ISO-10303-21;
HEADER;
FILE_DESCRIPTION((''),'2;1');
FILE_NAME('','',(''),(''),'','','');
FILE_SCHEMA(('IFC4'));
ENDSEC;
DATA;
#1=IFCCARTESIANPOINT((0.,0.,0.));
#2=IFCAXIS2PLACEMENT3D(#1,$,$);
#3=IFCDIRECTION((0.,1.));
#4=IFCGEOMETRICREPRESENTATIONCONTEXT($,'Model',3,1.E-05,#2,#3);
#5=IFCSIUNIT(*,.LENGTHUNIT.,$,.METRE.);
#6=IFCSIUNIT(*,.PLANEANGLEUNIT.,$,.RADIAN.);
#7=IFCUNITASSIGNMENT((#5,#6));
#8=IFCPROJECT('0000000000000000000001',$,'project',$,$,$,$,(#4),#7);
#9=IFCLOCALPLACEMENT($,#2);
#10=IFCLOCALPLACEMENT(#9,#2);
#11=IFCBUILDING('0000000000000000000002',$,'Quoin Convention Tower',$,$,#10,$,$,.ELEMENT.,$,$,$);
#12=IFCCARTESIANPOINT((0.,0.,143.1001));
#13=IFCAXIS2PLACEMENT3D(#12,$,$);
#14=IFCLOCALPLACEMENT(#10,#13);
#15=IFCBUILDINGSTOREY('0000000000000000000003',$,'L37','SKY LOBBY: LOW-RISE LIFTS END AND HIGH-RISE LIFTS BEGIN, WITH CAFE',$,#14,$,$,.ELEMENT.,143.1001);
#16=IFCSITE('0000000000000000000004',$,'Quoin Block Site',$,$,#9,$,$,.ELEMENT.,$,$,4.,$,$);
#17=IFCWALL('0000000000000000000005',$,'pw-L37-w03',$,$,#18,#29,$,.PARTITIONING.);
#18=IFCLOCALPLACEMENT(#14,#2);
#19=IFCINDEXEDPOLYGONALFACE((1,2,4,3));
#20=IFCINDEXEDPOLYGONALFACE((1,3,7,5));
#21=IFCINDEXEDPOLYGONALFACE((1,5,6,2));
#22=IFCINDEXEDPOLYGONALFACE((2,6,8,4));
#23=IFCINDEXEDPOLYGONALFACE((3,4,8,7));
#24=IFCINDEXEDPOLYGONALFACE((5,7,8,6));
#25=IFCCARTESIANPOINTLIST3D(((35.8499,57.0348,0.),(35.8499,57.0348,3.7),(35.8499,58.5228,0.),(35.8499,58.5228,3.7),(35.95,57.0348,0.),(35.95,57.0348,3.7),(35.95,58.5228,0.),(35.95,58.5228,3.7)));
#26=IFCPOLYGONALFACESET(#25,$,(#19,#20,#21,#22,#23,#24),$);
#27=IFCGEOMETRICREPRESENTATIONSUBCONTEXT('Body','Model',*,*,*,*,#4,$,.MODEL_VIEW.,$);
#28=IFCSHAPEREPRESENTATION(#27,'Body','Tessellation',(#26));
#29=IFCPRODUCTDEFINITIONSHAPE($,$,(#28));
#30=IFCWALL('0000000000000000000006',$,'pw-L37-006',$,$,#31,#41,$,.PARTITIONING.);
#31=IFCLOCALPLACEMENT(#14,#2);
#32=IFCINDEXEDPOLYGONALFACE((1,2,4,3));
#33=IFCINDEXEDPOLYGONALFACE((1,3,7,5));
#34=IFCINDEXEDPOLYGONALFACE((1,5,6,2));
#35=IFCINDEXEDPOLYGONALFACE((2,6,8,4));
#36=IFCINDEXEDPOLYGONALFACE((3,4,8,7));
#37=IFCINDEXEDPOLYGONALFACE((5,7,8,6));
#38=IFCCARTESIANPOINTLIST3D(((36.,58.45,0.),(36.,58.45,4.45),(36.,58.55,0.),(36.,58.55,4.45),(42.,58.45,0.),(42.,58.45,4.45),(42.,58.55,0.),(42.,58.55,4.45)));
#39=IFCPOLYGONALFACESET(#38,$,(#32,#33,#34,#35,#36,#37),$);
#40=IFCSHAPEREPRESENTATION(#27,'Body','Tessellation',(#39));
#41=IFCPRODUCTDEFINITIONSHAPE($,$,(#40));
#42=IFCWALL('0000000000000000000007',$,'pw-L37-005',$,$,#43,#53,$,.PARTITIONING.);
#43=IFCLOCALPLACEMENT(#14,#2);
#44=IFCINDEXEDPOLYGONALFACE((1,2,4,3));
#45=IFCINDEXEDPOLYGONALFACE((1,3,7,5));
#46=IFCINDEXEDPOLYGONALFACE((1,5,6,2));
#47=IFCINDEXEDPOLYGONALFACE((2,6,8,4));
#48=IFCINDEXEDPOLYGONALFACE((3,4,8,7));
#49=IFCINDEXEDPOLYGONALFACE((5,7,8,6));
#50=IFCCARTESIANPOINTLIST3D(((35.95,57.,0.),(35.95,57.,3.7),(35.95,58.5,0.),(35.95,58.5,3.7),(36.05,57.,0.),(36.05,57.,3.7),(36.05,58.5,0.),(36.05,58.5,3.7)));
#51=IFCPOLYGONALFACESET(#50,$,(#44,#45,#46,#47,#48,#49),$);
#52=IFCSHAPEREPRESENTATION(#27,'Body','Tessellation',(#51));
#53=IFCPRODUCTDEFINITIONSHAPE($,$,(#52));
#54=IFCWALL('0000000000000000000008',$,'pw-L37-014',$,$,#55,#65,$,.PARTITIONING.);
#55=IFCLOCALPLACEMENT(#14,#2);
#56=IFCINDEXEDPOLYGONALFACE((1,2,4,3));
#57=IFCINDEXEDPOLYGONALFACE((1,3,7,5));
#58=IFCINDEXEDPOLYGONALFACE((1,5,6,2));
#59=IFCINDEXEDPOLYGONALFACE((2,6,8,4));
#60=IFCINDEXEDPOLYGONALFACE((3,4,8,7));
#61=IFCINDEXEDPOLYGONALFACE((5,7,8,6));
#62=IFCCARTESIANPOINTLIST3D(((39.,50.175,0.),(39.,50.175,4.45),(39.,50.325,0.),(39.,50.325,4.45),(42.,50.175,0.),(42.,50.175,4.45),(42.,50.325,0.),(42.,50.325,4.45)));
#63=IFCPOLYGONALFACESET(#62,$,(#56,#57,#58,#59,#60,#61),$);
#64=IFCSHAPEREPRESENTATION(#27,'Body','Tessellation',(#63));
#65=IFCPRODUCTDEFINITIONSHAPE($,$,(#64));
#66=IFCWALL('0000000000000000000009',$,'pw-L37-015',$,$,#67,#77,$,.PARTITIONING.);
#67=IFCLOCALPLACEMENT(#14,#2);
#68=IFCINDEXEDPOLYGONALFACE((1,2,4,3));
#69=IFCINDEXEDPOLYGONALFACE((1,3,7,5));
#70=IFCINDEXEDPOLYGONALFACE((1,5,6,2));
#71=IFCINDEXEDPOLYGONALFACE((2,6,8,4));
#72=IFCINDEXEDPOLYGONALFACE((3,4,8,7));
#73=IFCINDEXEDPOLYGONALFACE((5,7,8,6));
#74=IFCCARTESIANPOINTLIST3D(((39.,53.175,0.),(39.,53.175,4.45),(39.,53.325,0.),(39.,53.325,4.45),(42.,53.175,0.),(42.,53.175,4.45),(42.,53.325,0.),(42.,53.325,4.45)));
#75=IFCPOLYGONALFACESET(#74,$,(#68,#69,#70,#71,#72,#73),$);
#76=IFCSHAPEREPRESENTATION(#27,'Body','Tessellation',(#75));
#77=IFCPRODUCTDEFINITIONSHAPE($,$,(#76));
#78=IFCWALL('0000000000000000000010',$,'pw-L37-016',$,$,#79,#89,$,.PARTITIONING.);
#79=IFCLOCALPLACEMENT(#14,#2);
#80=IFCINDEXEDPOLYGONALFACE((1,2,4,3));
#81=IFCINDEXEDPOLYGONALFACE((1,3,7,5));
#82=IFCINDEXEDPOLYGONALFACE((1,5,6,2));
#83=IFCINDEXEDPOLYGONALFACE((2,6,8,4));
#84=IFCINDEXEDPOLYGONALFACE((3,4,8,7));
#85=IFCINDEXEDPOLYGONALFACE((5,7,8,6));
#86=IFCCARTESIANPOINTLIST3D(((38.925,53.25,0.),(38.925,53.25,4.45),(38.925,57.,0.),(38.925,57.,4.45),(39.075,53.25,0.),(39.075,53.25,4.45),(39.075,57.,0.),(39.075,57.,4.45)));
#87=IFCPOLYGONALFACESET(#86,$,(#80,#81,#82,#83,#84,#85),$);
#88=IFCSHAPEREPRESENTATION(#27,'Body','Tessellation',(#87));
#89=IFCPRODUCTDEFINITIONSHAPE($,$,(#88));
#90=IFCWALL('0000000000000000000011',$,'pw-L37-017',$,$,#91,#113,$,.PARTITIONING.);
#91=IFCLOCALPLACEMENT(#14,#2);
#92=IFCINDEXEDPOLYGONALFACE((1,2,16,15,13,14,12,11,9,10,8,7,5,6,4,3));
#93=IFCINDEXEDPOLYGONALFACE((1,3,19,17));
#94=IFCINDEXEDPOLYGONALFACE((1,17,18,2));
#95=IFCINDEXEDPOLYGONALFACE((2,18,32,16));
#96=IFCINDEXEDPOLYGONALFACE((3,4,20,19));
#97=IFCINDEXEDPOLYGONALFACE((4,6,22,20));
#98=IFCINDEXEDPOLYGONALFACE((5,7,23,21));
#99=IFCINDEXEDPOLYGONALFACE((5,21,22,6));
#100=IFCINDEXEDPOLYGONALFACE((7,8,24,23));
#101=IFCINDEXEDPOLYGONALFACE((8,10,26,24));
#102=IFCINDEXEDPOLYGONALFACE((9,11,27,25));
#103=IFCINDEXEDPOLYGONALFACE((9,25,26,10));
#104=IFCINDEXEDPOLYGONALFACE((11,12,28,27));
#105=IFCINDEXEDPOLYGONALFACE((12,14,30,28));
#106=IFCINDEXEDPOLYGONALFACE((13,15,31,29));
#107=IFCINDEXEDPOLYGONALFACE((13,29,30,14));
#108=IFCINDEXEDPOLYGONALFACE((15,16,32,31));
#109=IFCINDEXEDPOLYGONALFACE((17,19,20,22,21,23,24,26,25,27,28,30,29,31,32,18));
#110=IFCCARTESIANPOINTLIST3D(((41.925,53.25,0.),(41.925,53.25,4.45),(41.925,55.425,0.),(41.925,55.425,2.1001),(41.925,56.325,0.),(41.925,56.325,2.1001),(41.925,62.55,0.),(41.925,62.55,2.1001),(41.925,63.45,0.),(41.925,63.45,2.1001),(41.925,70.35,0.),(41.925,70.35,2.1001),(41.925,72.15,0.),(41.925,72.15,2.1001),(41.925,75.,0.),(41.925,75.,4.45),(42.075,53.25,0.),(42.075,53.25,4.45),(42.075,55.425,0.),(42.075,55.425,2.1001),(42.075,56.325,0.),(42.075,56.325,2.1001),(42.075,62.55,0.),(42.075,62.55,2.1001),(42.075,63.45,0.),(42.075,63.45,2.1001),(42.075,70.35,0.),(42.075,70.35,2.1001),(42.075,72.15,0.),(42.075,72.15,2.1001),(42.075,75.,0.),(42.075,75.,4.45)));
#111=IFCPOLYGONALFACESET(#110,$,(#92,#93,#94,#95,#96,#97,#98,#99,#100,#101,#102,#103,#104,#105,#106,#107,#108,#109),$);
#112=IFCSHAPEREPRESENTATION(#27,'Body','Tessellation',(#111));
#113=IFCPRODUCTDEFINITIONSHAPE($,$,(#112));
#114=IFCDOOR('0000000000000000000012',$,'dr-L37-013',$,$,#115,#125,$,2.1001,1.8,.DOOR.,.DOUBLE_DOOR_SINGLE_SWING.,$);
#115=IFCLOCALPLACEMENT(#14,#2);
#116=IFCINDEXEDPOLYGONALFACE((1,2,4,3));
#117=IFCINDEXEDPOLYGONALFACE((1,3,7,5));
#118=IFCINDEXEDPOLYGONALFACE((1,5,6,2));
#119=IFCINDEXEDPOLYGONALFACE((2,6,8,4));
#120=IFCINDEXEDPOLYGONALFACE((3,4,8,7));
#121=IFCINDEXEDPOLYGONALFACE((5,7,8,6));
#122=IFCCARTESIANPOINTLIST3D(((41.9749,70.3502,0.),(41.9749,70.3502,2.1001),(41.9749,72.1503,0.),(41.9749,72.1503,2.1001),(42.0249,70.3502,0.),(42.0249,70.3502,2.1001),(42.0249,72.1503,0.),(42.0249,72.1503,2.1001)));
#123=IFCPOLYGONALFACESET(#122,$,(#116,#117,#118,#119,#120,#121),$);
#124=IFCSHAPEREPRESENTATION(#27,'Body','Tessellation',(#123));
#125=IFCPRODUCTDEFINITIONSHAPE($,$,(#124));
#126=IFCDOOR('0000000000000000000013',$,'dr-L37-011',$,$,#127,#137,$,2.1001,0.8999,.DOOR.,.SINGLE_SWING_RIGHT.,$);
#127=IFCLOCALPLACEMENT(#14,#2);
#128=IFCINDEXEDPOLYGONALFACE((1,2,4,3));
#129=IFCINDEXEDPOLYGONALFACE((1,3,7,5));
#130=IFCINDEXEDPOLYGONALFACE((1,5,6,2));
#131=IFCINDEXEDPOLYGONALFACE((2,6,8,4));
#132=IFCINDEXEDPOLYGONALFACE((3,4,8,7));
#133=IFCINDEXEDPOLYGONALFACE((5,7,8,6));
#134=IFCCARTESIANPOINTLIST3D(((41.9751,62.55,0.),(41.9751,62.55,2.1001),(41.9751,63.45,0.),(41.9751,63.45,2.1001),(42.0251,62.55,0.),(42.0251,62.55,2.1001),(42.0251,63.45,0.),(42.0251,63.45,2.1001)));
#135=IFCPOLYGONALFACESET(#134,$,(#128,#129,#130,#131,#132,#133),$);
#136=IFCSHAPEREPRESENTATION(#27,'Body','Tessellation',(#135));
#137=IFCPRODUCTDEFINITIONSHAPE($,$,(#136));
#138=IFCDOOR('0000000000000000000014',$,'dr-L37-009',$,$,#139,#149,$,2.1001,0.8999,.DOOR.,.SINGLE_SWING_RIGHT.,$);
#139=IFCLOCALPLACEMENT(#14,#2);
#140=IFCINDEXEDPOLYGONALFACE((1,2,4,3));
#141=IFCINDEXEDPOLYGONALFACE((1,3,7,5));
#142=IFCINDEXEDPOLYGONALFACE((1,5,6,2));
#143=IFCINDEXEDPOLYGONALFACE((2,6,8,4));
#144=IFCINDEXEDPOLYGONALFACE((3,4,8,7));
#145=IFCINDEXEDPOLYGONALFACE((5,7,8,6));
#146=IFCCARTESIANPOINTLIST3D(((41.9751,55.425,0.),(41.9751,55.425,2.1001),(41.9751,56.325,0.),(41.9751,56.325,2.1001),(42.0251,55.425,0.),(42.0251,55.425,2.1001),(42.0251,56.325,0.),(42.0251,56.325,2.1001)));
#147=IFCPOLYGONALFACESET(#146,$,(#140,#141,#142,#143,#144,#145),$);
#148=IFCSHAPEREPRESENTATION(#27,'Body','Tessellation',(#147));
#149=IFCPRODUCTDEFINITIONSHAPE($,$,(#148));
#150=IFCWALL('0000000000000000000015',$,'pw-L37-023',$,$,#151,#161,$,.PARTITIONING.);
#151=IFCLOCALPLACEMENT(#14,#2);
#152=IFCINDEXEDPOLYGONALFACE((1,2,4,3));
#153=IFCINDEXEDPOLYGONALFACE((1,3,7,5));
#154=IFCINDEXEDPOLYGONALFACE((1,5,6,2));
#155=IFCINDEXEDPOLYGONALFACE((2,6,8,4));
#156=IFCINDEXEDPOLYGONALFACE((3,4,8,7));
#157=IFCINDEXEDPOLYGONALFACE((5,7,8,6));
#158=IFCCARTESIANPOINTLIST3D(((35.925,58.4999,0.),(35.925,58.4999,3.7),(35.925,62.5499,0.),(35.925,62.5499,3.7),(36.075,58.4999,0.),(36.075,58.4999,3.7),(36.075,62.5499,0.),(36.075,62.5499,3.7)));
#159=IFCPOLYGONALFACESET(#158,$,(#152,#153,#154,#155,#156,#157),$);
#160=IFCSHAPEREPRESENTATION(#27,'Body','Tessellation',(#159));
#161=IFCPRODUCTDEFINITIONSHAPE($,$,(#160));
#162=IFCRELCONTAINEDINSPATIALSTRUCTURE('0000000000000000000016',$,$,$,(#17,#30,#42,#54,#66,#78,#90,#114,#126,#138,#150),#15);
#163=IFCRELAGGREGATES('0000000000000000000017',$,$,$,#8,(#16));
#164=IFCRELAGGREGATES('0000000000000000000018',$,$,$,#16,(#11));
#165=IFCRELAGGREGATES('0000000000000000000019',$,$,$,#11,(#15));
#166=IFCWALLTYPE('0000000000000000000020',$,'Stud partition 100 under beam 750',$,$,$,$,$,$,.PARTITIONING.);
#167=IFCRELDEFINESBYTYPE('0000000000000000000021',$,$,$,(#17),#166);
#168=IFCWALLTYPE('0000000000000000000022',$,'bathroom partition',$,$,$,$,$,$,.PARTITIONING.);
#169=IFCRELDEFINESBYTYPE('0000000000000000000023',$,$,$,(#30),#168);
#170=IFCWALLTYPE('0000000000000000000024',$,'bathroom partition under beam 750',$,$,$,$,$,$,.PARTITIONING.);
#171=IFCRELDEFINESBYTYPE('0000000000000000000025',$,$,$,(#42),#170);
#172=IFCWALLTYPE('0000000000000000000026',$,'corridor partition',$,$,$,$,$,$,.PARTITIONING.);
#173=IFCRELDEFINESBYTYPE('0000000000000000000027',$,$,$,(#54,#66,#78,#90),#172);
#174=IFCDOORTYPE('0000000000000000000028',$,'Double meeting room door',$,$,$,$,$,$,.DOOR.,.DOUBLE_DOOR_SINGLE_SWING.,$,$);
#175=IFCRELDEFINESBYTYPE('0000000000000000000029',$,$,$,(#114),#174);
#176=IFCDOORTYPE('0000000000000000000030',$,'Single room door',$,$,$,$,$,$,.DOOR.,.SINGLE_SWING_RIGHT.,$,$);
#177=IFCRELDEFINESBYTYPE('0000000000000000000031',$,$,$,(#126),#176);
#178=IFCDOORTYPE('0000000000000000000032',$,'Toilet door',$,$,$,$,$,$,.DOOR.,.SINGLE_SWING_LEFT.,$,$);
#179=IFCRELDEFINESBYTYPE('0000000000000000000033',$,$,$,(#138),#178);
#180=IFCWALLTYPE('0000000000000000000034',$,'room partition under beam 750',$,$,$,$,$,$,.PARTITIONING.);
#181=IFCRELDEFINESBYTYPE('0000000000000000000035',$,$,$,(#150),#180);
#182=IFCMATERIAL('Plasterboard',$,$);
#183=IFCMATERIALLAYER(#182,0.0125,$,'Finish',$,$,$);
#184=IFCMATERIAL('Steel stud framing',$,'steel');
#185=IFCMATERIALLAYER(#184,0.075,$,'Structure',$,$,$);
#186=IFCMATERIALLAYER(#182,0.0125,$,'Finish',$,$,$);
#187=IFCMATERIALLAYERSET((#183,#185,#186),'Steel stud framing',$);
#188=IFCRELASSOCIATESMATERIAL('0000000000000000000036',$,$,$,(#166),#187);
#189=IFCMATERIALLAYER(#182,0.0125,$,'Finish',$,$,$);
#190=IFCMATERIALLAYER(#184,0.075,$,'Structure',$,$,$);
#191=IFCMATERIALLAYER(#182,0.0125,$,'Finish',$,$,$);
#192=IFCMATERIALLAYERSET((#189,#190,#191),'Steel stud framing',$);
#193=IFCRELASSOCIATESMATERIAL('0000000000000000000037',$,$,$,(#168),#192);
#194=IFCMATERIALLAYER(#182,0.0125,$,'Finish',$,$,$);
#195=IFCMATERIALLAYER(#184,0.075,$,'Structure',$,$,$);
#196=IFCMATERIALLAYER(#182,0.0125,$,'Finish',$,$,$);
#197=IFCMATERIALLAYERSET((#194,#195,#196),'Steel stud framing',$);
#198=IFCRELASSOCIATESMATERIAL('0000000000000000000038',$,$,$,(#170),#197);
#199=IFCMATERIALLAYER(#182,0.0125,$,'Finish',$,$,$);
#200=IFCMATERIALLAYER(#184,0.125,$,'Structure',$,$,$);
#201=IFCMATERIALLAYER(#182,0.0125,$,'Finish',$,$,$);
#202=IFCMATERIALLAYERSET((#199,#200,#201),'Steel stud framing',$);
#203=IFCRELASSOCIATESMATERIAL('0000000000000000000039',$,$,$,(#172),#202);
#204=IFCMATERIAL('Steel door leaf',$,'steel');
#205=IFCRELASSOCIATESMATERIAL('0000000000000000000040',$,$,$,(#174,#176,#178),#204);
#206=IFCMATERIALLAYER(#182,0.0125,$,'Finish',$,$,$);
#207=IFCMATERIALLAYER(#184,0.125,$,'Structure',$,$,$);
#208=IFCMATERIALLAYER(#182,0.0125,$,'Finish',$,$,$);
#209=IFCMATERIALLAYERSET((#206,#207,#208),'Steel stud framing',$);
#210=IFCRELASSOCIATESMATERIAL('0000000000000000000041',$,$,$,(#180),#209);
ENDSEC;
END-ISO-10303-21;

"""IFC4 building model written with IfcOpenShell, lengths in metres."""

from ifc_helpers import new_model, si_unit, direction, frame, frame_2d, origin, place, context, subcontext, project, spatial, rectangle, extrude, material, layer, layer_set, type_object, element, fill, save


model = new_model("IFC4")

# Units and contexts
model_context = context("Model", 3, precision=1e-05, world=origin(), true_north=direction((0.0, 1.0)))
body_context = subcontext(model_context, "Body", "Model", "MODEL_VIEW")
ifc_project = project(units=[si_unit("LENGTHUNIT", "METRE"), si_unit("PLANEANGLEUNIT", "RADIAN")], contexts=[model_context])

# Site, building, storey
site_placement = place(None, origin())
site = spatial("IfcSite", under=ifc_project, at=site_placement, Name="Quoin Block Site", CompositionType="ELEMENT", RefElevation=4.0)
building_placement = place(site_placement, origin())
building = spatial("IfcBuilding", under=site, at=building_placement, Name="Quoin Convention Tower", CompositionType="ELEMENT")
storey_placement = place(building_placement, frame((0.0, 0.0, 143.1001)))
storey = spatial("IfcBuildingStorey", under=building, at=storey_placement, Name="L37", Description="SKY LOBBY: LOW-RISE LIFTS END AND HIGH-RISE LIFTS BEGIN, WITH CAFE", CompositionType="ELEMENT", Elevation=143.1001)

# Shared definitions
ifc_material_1 = material(Name="Plasterboard")
ifc_material_2 = material(Name="Steel stud framing", Category="steel")
ifc_material_3 = material(Name="Steel door leaf", Category="steel")

# Walls
ifc_layer_1 = layer(ifc_material_1, 0.0125, Name="Finish")
ifc_layer_2 = layer(ifc_material_2, 0.075, Name="Structure")
ifc_layer_3 = layer(ifc_material_1, 0.0125, Name="Finish")
ifc_layer_set_1 = layer_set([ifc_layer_1, ifc_layer_2, ifc_layer_3], Name="Steel stud framing")
wall_type_1 = type_object("IfcWallType", Name="Stud partition 100 under beam 750", PredefinedType="PARTITIONING", material=ifc_layer_set_1)
wall_1_placement = place(storey_placement, frame((35.8999, 58.5229, 0.0), z_axis=(0.0, 0.0, 1.0), x_axis=(0.0, -1.0, 0.0)))
element("IfcWall", 1, at=wall_1_placement, inside=storey, type_object=wall_type_1, Name="pw-L37-w03", PredefinedType="PARTITIONING", context=body_context, shape_type="SweptSolid", body=[
    extrude(rectangle(XDim=1.488, YDim=0.1001, at=frame_2d((0.7441, 0.0))), origin(), (0.0, 0.0, 1.0), 3.7),
])
ifc_layer_4 = layer(ifc_material_1, 0.0125, Name="Finish")
ifc_layer_5 = layer(ifc_material_2, 0.075, Name="Structure")
ifc_layer_6 = layer(ifc_material_1, 0.0125, Name="Finish")
ifc_layer_set_2 = layer_set([ifc_layer_4, ifc_layer_5, ifc_layer_6], Name="Steel stud framing")
wall_type_2 = type_object("IfcWallType", Name="bathroom partition", PredefinedType="PARTITIONING", material=ifc_layer_set_2)
wall_2_placement = place(storey_placement, frame((36.0, 58.5, 0.0), z_axis=(0.0, 0.0, 1.0), x_axis=(1.0, 0.0, 0.0)))
element("IfcWall", 2, at=wall_2_placement, inside=storey, type_object=wall_type_2, Name="pw-L37-006", PredefinedType="PARTITIONING", context=body_context, shape_type="SweptSolid", body=[
    extrude(rectangle(XDim=6.0, YDim=0.1001, at=frame_2d((3.0, 0.0))), origin(), (0.0, 0.0, 1.0), 4.45),
])
ifc_layer_7 = layer(ifc_material_1, 0.0125, Name="Finish")
ifc_layer_8 = layer(ifc_material_2, 0.075, Name="Structure")
ifc_layer_9 = layer(ifc_material_1, 0.0125, Name="Finish")
ifc_layer_set_3 = layer_set([ifc_layer_7, ifc_layer_8, ifc_layer_9], Name="Steel stud framing")
wall_type_3 = type_object("IfcWallType", Name="bathroom partition under beam 750", PredefinedType="PARTITIONING", material=ifc_layer_set_3)
wall_3_placement = place(storey_placement, frame((36.0, 57.0, 0.0), z_axis=(0.0, 0.0, 1.0), x_axis=(0.0, 1.0, 0.0)))
element("IfcWall", 3, at=wall_3_placement, inside=storey, type_object=wall_type_3, Name="pw-L37-005", PredefinedType="PARTITIONING", context=body_context, shape_type="SweptSolid", body=[
    extrude(rectangle(XDim=1.5, YDim=0.1001, at=frame_2d((0.75, 0.0))), origin(), (0.0, 0.0, 1.0), 3.7),
])
ifc_layer_10 = layer(ifc_material_1, 0.0125, Name="Finish")
ifc_layer_11 = layer(ifc_material_2, 0.125, Name="Structure")
ifc_layer_12 = layer(ifc_material_1, 0.0125, Name="Finish")
ifc_layer_set_4 = layer_set([ifc_layer_10, ifc_layer_11, ifc_layer_12], Name="Steel stud framing")
wall_type_4 = type_object("IfcWallType", Name="corridor partition", PredefinedType="PARTITIONING", material=ifc_layer_set_4)
for number, where, z_axis, x_axis, name in (
    (4, (39.0, 50.25, 0.0), (0.0, 0.0, 1.0), (1.0, 0.0, 0.0), "pw-L37-014"),
    (5, (39.0, 53.25, 0.0), (0.0, 0.0, 1.0), (1.0, 0.0, 0.0), "pw-L37-015"),
):
    element("IfcWall", number, at=place(storey_placement, frame(where, z_axis=z_axis, x_axis=x_axis)), inside=storey, type_object=wall_type_4, Name=name, PredefinedType="PARTITIONING", context=body_context, shape_type="SweptSolid", body=[
        extrude(rectangle(XDim=3.0, YDim=0.1499, at=frame_2d((1.5, 0.0))), origin(), (0.0, 0.0, 1.0), 4.45),
    ])
wall_4_placement = place(storey_placement, frame((39.0, 53.25, 0.0), z_axis=(0.0, 0.0, 1.0), x_axis=(0.0, 1.0, 0.0)))
element("IfcWall", 6, at=wall_4_placement, inside=storey, type_object=wall_type_4, Name="pw-L37-016", PredefinedType="PARTITIONING", context=body_context, shape_type="SweptSolid", body=[
    extrude(rectangle(XDim=3.75, YDim=0.1499, at=frame_2d((1.875, 0.0))), origin(), (0.0, 0.0, 1.0), 4.45),
])

# Wall, openings, doors
wall_5_placement = place(storey_placement, frame((42.0, 53.25, 0.0), z_axis=(0.0, 0.0, 1.0), x_axis=(0.0, 1.0, 0.0)))
wall_5 = element("IfcWall", 7, at=wall_5_placement, inside=storey, type_object=wall_type_4, Name="pw-L37-017", PredefinedType="PARTITIONING", context=body_context, shape_type="SweptSolid", body=[
    extrude(rectangle(XDim=21.75, YDim=0.1499, at=frame_2d((10.875, 0.0))), origin(), (0.0, 0.0, 1.0), 4.45),
])
opening_1_placement = place(wall_5_placement, frame((2.175, 0.0, 0.0)))
opening_1 = element("IfcOpeningElement", 8, at=opening_1_placement, cuts=wall_5, PredefinedType="OPENING", context=body_context, shape_type="SweptSolid", body=[
    extrude(rectangle(XDim=0.8999, YDim=2.1001, at=frame_2d((0.45, 1.05))), frame((0.0, 0.085, 0.0), z_axis=(0.0, -1.0, 0.0), x_axis=(1.0, 0.0, 0.0)), (0.0, 0.0, 1.0), 0.1699),
])
opening_2_placement = place(wall_5_placement, frame((9.3, 0.0, 0.0)))
opening_2 = element("IfcOpeningElement", 9, at=opening_2_placement, cuts=wall_5, PredefinedType="OPENING", context=body_context, shape_type="SweptSolid", body=[
    extrude(rectangle(XDim=0.8999, YDim=2.1001, at=frame_2d((0.45, 1.05))), frame((0.0, 0.085, 0.0), z_axis=(0.0, -1.0, 0.0), x_axis=(1.0, 0.0, 0.0)), (0.0, 0.0, 1.0), 0.1699),
])
opening_3_placement = place(wall_5_placement, frame((17.1001, 0.0, 0.0)))
opening_3 = element("IfcOpeningElement", 10, at=opening_3_placement, cuts=wall_5, PredefinedType="OPENING", context=body_context, shape_type="SweptSolid", body=[
    extrude(rectangle(XDim=1.8, YDim=2.1001, at=frame_2d((0.8999, 1.05))), frame((0.0, 0.085, 0.0), z_axis=(0.0, -1.0, 0.0), x_axis=(1.0, 0.0, 0.0)), (0.0, 0.0, 1.0), 0.1699),
])
door_type_1 = type_object("IfcDoorType", Name="Double meeting room door", OperationType="DOUBLE_DOOR_SINGLE_SWING", PredefinedType="DOOR", material=ifc_material_3)
door_1_placement = place(opening_3_placement, frame((1.8, 0.0, 0.0), z_axis=(0.0, 0.0, 1.0), x_axis=(-1.0, 0.0, 0.0)))
door_1 = element("IfcDoor", 11, at=door_1_placement, inside=storey, type_object=door_type_1, Name="dr-L37-013", OperationType="DOUBLE_DOOR_SINGLE_SWING", OverallHeight=2.1001, OverallWidth=1.8, PredefinedType="DOOR", context=body_context, shape_type="SweptSolid", body=[
    extrude(rectangle(XDim=1.8, YDim=2.1001, at=frame_2d((0.8999, 1.05))), frame((0.0, 0.0249, 0.0), z_axis=(0.0, -1.0, 0.0), x_axis=(1.0, 0.0, 0.0)), (0.0, 0.0, 1.0), 0.05),
])
fill(opening_3, door_1)
door_type_2 = type_object("IfcDoorType", Name="Single room door", OperationType="SINGLE_SWING_RIGHT", PredefinedType="DOOR", material=ifc_material_3)
door_2_placement = place(opening_2_placement, origin())
door_2 = element("IfcDoor", 12, at=door_2_placement, inside=storey, type_object=door_type_2, Name="dr-L37-011", OperationType="SINGLE_SWING_RIGHT", OverallHeight=2.1001, OverallWidth=0.8999, PredefinedType="DOOR", context=body_context, shape_type="SweptSolid", body=[
    extrude(rectangle(XDim=0.8999, YDim=2.1001, at=frame_2d((0.45, 1.05))), frame((0.0, 0.0249, 0.0), z_axis=(0.0, -1.0, 0.0), x_axis=(1.0, 0.0, 0.0)), (0.0, 0.0, 1.0), 0.05),
])
fill(opening_2, door_2)
door_type_3 = type_object("IfcDoorType", Name="Toilet door", OperationType="SINGLE_SWING_LEFT", PredefinedType="DOOR", material=ifc_material_3)
door_3_placement = place(opening_1_placement, origin())
door_3 = element("IfcDoor", 13, at=door_3_placement, inside=storey, type_object=door_type_3, Name="dr-L37-009", OperationType="SINGLE_SWING_RIGHT", OverallHeight=2.1001, OverallWidth=0.8999, PredefinedType="DOOR", context=body_context, shape_type="SweptSolid", body=[
    extrude(rectangle(XDim=0.8999, YDim=2.1001, at=frame_2d((0.45, 1.05))), frame((0.0, 0.0249, 0.0), z_axis=(0.0, -1.0, 0.0), x_axis=(1.0, 0.0, 0.0)), (0.0, 0.0, 1.0), 0.05),
])
fill(opening_1, door_3)

# Wall
ifc_layer_13 = layer(ifc_material_1, 0.0125, Name="Finish")
ifc_layer_14 = layer(ifc_material_2, 0.125, Name="Structure")
ifc_layer_15 = layer(ifc_material_1, 0.0125, Name="Finish")
ifc_layer_set_5 = layer_set([ifc_layer_13, ifc_layer_14, ifc_layer_15], Name="Steel stud framing")
wall_type_5 = type_object("IfcWallType", Name="room partition under beam 750", PredefinedType="PARTITIONING", material=ifc_layer_set_5)
wall_6_placement = place(storey_placement, frame((36.0, 58.5, 0.0), z_axis=(0.0, 0.0, 1.0), x_axis=(0.0, 1.0, 0.0)))
element("IfcWall", 14, at=wall_6_placement, inside=storey, type_object=wall_type_5, Name="pw-L37-023", PredefinedType="PARTITIONING", context=body_context, shape_type="SweptSolid", body=[
    extrude(rectangle(XDim=4.05, YDim=0.1499, at=frame_2d((2.0249, 0.0))), origin(), (0.0, 0.0, 1.0), 3.7),
])

save(model, "model.ifc")
